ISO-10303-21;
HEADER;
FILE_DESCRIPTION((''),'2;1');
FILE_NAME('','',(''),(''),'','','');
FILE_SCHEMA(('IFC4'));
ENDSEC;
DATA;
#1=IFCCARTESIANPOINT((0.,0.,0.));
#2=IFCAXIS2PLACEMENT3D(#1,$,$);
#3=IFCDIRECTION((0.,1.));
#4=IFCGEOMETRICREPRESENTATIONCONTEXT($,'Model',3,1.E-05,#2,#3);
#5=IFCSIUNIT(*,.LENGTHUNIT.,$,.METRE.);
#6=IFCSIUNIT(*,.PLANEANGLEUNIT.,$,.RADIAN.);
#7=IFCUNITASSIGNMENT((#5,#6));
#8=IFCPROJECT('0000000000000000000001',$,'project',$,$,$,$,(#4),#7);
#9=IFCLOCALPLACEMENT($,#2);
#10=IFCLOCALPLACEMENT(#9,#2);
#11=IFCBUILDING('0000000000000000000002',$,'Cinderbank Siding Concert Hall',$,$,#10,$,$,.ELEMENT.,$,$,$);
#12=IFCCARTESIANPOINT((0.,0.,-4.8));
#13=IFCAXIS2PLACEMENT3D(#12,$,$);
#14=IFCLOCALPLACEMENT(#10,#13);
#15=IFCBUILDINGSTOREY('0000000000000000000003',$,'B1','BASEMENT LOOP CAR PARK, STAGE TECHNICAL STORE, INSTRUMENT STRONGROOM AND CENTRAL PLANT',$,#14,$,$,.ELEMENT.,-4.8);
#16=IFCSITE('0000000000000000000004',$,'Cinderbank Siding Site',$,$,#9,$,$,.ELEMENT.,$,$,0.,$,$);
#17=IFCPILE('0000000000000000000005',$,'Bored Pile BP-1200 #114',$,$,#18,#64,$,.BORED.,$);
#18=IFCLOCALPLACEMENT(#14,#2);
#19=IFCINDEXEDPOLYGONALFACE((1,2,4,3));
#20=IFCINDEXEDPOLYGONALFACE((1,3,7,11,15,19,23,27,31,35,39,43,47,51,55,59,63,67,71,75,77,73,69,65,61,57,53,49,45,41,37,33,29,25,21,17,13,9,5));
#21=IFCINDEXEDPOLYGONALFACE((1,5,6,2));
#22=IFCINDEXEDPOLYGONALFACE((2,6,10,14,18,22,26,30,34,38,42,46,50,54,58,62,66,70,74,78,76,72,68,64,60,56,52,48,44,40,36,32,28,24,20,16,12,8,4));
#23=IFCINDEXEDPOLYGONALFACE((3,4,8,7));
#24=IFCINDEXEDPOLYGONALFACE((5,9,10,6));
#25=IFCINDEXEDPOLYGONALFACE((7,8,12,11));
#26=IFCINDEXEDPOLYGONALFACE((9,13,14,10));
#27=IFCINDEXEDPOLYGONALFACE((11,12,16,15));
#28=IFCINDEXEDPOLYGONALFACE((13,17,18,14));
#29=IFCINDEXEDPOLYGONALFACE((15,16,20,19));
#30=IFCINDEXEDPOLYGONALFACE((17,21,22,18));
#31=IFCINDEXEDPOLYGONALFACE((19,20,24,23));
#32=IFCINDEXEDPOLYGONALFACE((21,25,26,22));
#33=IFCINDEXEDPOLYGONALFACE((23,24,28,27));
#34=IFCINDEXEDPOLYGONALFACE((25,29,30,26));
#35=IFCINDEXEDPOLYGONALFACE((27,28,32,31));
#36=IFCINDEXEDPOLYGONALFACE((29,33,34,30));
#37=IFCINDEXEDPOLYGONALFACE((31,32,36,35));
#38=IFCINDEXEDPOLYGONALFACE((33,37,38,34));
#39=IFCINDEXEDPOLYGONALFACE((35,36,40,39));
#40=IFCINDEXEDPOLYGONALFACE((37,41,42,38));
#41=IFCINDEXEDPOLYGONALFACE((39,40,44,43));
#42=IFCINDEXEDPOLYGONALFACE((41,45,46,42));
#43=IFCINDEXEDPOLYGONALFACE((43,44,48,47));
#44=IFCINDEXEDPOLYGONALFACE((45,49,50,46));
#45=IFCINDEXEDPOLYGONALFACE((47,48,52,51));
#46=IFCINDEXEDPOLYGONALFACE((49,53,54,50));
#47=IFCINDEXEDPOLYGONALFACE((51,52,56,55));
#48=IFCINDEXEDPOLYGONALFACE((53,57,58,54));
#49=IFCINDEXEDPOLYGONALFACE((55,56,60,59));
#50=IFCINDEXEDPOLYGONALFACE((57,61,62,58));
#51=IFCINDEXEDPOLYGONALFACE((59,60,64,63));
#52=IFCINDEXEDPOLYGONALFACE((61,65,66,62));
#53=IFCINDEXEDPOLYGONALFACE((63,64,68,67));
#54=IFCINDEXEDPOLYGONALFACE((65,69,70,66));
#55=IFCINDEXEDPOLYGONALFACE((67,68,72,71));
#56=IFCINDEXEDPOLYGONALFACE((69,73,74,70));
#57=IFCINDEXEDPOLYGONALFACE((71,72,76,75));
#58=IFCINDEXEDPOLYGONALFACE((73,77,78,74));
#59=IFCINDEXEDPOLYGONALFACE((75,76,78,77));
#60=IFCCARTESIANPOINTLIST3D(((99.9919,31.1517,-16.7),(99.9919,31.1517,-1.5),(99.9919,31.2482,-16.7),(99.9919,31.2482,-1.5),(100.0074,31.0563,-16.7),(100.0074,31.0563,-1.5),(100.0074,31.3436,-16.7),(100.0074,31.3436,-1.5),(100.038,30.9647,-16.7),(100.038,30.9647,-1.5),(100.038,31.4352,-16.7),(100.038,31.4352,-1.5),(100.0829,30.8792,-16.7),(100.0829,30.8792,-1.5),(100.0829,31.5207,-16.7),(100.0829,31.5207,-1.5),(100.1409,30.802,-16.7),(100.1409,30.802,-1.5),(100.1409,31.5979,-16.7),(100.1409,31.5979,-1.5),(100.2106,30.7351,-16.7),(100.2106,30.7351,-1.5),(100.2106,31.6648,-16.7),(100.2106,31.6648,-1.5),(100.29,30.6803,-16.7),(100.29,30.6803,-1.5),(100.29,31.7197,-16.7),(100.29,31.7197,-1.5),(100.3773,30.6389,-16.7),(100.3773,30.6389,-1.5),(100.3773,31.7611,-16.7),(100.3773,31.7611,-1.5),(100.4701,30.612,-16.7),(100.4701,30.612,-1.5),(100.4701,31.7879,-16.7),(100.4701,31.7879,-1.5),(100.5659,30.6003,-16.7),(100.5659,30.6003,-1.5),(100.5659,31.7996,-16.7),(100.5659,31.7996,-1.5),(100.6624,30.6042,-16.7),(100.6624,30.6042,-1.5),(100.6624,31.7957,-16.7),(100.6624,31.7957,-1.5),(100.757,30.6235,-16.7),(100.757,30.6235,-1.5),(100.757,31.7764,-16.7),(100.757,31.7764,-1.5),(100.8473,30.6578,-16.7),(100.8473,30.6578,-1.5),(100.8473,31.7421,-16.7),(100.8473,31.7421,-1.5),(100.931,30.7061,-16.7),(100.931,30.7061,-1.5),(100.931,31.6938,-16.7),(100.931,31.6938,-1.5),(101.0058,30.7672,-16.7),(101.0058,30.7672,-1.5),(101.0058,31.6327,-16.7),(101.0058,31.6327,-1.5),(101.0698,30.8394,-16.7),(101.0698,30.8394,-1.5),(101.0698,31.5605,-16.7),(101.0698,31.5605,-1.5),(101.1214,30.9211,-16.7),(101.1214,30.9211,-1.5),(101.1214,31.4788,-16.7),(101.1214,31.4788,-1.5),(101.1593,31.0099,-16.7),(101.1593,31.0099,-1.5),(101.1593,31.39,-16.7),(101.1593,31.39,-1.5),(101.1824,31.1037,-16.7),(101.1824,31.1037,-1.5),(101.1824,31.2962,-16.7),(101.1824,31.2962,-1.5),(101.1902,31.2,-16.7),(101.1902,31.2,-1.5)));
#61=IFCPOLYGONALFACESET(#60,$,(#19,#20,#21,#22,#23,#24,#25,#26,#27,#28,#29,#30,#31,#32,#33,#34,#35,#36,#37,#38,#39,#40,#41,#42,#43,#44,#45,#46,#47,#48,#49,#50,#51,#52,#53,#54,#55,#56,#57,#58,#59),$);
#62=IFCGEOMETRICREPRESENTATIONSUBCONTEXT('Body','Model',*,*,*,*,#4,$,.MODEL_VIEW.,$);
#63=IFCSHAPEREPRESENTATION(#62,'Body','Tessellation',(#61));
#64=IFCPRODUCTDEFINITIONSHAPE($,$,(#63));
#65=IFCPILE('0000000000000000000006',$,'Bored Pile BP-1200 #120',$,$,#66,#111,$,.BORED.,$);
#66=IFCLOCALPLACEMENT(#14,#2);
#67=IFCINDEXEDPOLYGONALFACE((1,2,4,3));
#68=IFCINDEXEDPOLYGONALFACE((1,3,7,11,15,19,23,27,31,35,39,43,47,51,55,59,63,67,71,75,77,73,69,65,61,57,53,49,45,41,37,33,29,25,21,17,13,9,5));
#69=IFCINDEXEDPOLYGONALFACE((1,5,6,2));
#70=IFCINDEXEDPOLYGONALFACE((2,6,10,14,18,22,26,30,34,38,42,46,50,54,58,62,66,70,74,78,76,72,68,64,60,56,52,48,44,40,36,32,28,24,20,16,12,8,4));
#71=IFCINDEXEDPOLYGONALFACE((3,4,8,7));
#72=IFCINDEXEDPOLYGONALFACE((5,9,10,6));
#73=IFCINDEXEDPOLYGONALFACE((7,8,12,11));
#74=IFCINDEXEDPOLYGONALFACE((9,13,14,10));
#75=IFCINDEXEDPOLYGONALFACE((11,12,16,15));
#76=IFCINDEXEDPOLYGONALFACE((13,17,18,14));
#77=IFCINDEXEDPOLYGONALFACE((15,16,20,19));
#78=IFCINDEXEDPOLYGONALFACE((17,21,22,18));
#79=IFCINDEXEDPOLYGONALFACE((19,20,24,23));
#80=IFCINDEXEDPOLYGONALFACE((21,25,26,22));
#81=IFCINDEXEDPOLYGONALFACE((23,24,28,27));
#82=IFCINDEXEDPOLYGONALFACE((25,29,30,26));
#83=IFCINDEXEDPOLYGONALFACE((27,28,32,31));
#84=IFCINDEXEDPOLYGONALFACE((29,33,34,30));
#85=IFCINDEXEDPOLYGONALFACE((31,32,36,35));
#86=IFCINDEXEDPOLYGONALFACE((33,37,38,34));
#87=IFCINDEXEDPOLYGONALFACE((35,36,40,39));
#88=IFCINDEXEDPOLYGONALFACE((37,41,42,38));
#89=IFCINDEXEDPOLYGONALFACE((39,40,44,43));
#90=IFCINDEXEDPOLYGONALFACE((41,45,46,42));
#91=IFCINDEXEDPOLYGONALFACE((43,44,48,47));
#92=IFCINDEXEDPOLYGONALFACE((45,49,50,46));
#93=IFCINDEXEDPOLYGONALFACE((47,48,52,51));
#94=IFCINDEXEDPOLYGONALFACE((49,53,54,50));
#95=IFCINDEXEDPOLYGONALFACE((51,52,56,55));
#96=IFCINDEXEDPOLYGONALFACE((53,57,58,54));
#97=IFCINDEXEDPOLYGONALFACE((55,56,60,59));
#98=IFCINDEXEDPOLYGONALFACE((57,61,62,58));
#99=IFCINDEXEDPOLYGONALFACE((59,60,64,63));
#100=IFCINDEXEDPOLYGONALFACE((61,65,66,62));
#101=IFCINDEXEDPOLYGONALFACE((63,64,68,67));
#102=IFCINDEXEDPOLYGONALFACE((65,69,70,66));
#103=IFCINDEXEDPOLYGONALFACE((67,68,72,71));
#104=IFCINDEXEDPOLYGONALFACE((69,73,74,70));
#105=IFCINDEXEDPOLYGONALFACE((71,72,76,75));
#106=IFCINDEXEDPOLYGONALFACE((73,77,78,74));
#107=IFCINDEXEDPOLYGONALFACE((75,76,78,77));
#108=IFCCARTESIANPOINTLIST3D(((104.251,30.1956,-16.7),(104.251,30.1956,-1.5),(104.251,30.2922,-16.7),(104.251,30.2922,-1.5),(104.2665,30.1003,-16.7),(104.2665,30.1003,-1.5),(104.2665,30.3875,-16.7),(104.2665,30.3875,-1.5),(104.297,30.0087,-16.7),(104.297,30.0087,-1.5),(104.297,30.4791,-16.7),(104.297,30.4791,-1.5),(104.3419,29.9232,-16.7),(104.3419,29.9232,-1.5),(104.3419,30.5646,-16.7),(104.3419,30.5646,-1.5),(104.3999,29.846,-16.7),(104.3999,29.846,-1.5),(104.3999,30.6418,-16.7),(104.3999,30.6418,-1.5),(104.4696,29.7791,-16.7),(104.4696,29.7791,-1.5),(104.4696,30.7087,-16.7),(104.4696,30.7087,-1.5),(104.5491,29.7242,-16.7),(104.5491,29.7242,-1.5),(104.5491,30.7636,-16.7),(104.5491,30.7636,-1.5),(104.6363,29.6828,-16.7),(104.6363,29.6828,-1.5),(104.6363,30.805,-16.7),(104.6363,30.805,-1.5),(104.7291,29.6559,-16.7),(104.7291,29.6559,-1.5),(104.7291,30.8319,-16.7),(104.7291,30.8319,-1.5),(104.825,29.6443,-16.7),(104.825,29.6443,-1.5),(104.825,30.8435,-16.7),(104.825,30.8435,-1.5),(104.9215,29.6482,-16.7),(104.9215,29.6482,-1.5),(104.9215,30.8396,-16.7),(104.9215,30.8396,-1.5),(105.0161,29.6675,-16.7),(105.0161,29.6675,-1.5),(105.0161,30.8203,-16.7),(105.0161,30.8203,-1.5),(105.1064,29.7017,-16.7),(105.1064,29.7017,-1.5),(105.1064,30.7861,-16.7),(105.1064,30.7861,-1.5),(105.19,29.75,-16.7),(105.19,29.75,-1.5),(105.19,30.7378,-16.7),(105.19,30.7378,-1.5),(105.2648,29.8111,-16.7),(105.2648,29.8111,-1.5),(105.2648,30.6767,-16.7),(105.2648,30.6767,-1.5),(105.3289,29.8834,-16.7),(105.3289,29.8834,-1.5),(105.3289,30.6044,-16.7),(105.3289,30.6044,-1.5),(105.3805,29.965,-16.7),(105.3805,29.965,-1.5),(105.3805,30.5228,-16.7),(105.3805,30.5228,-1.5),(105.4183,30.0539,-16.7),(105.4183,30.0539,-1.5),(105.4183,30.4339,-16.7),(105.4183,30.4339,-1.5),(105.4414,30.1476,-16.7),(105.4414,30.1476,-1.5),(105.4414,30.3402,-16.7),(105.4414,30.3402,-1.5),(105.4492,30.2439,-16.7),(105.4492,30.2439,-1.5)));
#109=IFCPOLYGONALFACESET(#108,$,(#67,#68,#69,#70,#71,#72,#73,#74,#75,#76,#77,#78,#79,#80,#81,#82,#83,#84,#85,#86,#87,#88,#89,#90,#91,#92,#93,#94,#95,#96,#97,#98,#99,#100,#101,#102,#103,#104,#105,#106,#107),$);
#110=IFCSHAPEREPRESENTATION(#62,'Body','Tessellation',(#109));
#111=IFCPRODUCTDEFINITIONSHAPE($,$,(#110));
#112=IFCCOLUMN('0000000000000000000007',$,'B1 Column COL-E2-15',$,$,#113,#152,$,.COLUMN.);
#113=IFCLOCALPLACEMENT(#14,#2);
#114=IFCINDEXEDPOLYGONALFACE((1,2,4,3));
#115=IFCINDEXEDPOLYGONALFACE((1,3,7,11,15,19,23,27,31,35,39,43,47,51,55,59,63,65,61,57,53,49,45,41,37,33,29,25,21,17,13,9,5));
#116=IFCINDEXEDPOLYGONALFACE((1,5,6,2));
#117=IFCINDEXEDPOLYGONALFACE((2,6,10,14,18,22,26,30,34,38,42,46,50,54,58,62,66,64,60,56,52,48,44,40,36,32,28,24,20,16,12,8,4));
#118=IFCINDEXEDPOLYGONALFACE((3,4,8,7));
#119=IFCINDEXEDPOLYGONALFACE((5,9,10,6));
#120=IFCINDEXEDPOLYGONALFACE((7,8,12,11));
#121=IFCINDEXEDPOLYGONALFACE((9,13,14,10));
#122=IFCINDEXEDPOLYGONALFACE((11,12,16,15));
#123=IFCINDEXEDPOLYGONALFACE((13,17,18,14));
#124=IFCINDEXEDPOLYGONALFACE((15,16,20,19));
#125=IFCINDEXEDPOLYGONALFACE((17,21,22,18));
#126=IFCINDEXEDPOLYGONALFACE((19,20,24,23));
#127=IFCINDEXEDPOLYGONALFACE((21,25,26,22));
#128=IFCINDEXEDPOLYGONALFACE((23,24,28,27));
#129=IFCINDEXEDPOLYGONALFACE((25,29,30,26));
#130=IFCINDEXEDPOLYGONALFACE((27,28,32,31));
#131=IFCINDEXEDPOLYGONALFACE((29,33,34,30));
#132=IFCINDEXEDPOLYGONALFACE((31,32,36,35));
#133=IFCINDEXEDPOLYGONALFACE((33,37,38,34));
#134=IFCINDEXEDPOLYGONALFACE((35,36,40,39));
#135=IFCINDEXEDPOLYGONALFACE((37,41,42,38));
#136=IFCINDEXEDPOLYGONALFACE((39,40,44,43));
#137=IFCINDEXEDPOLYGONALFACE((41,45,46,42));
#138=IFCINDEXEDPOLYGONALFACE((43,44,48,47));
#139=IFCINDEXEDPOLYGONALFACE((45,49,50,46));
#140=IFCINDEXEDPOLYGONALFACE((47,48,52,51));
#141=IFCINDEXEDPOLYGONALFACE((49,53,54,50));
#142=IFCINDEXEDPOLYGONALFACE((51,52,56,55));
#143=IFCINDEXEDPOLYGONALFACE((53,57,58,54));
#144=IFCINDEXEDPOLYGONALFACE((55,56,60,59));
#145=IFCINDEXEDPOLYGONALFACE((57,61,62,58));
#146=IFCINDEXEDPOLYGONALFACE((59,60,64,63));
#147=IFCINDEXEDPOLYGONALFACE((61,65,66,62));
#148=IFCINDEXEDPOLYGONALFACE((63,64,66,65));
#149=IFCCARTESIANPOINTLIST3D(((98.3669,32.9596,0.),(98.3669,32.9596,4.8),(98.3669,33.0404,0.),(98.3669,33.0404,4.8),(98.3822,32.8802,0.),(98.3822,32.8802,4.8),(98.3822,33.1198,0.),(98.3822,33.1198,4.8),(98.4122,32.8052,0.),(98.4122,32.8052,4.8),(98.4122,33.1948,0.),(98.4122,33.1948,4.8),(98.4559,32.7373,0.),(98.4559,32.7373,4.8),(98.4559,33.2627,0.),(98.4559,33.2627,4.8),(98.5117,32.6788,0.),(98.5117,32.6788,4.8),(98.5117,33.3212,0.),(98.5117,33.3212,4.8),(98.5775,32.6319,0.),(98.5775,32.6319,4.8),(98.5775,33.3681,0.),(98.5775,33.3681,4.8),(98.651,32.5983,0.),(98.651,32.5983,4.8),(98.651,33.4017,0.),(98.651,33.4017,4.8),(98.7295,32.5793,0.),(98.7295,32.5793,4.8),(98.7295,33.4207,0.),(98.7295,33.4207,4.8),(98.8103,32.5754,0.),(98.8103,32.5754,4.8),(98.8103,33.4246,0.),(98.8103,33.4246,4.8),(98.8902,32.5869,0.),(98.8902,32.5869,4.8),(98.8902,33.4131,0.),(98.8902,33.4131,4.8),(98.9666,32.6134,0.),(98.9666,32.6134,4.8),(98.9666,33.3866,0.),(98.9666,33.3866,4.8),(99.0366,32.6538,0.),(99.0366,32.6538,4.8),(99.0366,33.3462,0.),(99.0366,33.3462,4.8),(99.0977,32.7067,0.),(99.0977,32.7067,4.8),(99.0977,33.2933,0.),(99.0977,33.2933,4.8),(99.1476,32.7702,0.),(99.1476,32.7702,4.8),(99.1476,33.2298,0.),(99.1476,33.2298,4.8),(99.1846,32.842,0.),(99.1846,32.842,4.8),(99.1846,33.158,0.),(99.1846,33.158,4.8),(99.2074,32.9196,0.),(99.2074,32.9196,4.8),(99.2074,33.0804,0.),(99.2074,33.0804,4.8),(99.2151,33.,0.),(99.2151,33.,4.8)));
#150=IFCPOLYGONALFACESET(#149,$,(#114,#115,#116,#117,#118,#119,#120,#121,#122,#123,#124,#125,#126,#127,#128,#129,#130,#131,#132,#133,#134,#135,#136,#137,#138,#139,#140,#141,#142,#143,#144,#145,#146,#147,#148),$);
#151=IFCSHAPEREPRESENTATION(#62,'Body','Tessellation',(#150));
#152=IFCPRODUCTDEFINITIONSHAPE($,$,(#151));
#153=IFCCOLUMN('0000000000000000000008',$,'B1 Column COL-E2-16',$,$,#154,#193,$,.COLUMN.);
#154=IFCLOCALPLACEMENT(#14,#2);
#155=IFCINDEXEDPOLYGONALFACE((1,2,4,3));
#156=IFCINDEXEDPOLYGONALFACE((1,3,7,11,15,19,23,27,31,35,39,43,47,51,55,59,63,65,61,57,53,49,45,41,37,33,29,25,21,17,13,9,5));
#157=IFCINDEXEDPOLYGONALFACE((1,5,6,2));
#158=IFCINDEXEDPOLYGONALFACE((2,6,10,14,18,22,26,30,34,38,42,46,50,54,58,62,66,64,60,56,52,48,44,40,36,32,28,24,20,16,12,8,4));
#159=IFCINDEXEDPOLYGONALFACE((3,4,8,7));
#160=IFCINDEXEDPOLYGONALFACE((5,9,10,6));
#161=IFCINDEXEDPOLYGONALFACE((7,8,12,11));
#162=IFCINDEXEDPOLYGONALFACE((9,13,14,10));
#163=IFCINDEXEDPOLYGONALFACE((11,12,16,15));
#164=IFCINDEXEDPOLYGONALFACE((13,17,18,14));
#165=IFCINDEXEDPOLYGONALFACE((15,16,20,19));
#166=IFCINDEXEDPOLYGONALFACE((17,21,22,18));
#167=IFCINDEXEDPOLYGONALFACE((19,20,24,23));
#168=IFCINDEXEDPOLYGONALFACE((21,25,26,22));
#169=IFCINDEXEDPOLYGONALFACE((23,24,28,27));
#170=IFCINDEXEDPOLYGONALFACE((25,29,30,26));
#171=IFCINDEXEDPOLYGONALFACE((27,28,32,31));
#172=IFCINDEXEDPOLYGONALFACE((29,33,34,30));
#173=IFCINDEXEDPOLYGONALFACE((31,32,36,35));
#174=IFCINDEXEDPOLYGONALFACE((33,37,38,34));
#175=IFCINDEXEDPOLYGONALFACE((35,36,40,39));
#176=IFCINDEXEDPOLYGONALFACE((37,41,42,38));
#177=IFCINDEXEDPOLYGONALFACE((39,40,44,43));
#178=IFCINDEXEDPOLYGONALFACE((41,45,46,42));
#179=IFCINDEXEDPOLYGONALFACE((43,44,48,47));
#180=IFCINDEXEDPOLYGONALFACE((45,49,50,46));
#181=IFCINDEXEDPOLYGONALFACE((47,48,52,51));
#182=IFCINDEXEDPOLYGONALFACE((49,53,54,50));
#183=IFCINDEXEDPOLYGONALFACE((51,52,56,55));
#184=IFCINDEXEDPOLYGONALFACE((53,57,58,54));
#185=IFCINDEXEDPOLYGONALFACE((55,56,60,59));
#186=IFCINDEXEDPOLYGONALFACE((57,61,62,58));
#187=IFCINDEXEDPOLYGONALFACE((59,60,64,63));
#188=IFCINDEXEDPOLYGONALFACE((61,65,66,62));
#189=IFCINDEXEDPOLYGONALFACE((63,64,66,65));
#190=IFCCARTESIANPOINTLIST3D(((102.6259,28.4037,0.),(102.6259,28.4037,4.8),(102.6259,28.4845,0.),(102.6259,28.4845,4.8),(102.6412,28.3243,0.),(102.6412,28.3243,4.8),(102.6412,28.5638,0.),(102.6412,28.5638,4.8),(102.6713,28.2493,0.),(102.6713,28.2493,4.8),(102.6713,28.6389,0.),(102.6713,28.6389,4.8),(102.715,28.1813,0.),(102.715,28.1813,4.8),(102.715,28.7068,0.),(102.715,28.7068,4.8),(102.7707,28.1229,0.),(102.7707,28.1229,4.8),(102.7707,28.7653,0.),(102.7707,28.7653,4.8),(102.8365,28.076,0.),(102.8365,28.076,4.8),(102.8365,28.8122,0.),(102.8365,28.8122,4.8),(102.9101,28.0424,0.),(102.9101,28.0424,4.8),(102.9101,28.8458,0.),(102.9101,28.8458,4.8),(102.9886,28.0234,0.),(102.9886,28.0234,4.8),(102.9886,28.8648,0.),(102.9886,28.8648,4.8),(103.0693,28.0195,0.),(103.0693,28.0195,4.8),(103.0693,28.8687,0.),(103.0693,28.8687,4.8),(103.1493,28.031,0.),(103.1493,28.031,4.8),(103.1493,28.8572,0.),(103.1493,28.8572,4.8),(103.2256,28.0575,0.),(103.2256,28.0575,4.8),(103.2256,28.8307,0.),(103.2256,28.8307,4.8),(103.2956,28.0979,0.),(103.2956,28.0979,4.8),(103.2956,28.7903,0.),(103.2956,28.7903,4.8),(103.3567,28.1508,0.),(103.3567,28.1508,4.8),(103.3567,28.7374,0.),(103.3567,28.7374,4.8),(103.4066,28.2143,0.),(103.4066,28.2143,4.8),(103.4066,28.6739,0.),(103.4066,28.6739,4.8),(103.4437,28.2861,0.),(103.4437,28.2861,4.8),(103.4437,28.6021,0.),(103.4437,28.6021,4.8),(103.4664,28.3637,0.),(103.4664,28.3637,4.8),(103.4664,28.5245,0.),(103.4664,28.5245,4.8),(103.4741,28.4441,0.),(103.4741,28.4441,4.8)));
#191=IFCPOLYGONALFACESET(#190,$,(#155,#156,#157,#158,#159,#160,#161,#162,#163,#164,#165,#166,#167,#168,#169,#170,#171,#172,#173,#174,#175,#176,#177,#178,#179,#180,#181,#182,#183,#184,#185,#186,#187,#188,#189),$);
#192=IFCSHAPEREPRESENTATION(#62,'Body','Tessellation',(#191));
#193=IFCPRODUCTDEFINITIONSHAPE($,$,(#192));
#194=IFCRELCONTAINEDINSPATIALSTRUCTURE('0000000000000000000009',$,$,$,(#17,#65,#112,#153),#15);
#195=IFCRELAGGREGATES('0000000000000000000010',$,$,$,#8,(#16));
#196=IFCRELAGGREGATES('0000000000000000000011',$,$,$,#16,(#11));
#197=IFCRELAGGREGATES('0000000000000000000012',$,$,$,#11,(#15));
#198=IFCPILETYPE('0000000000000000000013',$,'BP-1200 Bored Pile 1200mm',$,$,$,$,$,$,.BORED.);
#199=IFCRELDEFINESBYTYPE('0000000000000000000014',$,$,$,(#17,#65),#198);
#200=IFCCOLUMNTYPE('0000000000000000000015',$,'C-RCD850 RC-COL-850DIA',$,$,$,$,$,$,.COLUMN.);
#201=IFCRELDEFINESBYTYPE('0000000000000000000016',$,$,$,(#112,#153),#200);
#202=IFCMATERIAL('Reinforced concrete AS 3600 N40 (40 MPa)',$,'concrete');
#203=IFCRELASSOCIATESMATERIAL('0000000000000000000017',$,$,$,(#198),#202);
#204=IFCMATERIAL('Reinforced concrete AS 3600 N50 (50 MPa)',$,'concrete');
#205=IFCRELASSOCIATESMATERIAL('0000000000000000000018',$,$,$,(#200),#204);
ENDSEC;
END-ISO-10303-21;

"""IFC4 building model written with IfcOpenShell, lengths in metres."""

from ifc_helpers import new_model, si_unit, direction, frame, origin, origin_2d, place, context, subcontext, project, spatial, circle, extrude, material, material_profile, profile_set, type_object, element, save


model = new_model("IFC4")

# Units and contexts
model_context = context("Model", 3, precision=1e-05, world=origin(), true_north=direction((0.0, 1.0)))
body_context = subcontext(model_context, "Body", "Model", "MODEL_VIEW")
ifc_project = project(units=[si_unit("LENGTHUNIT", "METRE"), si_unit("PLANEANGLEUNIT", "RADIAN")], contexts=[model_context])

# Site, building, storey
site_placement = place(None, origin())
site = spatial("IfcSite", under=ifc_project, at=site_placement, Name="Cinderbank Siding Site", CompositionType="ELEMENT", RefElevation=0.0)
building_placement = place(site_placement, origin())
building = spatial("IfcBuilding", under=site, at=building_placement, Name="Cinderbank Siding Concert Hall", CompositionType="ELEMENT")
storey_placement = place(building_placement, frame((0.0, 0.0, -4.8)))
storey = spatial("IfcBuildingStorey", under=building, at=storey_placement, Name="B1", Description="BASEMENT LOOP CAR PARK, STAGE TECHNICAL STORE, INSTRUMENT STRONGROOM AND CENTRAL PLANT", CompositionType="ELEMENT", Elevation=-4.8)

# Piles
ifc_material_1 = material(Name="Reinforced concrete AS 3600 N40 (40 MPa)", Category="concrete")
ifc_material_profile_1 = material_profile(ifc_material_1, circle(Radius=0.6001, at=origin_2d()), Name="PILE-1200DIA", Category="LoadBearing")
ifc_profile_set_1 = profile_set([ifc_material_profile_1], Name="Reinforced concrete AS 3600 N40 (40 MPa)")
pile_type = type_object("IfcPileType", Name="BP-1200 Bored Pile 1200mm", PredefinedType="BORED", material=ifc_profile_set_1)
for number, where, z_axis, x_axis, name in (
    (1, (100.5901, 31.2, -1.5), (0.0, 0.0, -1.0), (1.0, 0.0, 0.0), "Bored Pile BP-1200 #114"),
    (2, (104.8491, 30.2439, -1.5), (0.0, 0.0, -1.0), (1.0, 0.0, 0.0), "Bored Pile BP-1200 #120"),
):
    element("IfcPile", number, at=place(storey_placement, frame(where, z_axis=z_axis, x_axis=x_axis)), inside=storey, type_object=pile_type, Name=name, PredefinedType="BORED", context=body_context, shape_type="SweptSolid", body=[
        extrude(circle(Radius=0.6001, at=origin_2d()), origin(), (0.0, 0.0, 1.0), 15.2),
    ])

# Columns
ifc_material_2 = material(Name="Reinforced concrete AS 3600 N50 (50 MPa)", Category="concrete")
ifc_material_profile_2 = material_profile(ifc_material_2, circle(Radius=0.425, at=origin_2d()), Name="RC-COL-850DIA", Category="LoadBearing")
ifc_profile_set_2 = profile_set([ifc_material_profile_2], Name="Reinforced concrete AS 3600 N50 (50 MPa)")
column_type = type_object("IfcColumnType", Name="C-RCD850 RC-COL-850DIA", PredefinedType="COLUMN", material=ifc_profile_set_2)
for number, where, z_axis, x_axis, name in (
    (3, (98.79, 33.0, 0.0), (0.0, 0.0, 1.0), (1.0, 0.0, 0.0), "B1 Column COL-E2-15"),
    (4, (103.0491, 28.4441, 0.0), (0.0, 0.0, 1.0), (1.0, 0.0, 0.0), "B1 Column COL-E2-16"),
):
    element("IfcColumn", number, at=place(storey_placement, frame(where, z_axis=z_axis, x_axis=x_axis)), inside=storey, type_object=column_type, Name=name, PredefinedType="COLUMN", context=body_context, shape_type="SweptSolid", body=[
        extrude(circle(Radius=0.425, at=origin_2d()), origin(), (0.0, 0.0, 1.0), 4.8),
    ])

save(model, "model.ifc")
